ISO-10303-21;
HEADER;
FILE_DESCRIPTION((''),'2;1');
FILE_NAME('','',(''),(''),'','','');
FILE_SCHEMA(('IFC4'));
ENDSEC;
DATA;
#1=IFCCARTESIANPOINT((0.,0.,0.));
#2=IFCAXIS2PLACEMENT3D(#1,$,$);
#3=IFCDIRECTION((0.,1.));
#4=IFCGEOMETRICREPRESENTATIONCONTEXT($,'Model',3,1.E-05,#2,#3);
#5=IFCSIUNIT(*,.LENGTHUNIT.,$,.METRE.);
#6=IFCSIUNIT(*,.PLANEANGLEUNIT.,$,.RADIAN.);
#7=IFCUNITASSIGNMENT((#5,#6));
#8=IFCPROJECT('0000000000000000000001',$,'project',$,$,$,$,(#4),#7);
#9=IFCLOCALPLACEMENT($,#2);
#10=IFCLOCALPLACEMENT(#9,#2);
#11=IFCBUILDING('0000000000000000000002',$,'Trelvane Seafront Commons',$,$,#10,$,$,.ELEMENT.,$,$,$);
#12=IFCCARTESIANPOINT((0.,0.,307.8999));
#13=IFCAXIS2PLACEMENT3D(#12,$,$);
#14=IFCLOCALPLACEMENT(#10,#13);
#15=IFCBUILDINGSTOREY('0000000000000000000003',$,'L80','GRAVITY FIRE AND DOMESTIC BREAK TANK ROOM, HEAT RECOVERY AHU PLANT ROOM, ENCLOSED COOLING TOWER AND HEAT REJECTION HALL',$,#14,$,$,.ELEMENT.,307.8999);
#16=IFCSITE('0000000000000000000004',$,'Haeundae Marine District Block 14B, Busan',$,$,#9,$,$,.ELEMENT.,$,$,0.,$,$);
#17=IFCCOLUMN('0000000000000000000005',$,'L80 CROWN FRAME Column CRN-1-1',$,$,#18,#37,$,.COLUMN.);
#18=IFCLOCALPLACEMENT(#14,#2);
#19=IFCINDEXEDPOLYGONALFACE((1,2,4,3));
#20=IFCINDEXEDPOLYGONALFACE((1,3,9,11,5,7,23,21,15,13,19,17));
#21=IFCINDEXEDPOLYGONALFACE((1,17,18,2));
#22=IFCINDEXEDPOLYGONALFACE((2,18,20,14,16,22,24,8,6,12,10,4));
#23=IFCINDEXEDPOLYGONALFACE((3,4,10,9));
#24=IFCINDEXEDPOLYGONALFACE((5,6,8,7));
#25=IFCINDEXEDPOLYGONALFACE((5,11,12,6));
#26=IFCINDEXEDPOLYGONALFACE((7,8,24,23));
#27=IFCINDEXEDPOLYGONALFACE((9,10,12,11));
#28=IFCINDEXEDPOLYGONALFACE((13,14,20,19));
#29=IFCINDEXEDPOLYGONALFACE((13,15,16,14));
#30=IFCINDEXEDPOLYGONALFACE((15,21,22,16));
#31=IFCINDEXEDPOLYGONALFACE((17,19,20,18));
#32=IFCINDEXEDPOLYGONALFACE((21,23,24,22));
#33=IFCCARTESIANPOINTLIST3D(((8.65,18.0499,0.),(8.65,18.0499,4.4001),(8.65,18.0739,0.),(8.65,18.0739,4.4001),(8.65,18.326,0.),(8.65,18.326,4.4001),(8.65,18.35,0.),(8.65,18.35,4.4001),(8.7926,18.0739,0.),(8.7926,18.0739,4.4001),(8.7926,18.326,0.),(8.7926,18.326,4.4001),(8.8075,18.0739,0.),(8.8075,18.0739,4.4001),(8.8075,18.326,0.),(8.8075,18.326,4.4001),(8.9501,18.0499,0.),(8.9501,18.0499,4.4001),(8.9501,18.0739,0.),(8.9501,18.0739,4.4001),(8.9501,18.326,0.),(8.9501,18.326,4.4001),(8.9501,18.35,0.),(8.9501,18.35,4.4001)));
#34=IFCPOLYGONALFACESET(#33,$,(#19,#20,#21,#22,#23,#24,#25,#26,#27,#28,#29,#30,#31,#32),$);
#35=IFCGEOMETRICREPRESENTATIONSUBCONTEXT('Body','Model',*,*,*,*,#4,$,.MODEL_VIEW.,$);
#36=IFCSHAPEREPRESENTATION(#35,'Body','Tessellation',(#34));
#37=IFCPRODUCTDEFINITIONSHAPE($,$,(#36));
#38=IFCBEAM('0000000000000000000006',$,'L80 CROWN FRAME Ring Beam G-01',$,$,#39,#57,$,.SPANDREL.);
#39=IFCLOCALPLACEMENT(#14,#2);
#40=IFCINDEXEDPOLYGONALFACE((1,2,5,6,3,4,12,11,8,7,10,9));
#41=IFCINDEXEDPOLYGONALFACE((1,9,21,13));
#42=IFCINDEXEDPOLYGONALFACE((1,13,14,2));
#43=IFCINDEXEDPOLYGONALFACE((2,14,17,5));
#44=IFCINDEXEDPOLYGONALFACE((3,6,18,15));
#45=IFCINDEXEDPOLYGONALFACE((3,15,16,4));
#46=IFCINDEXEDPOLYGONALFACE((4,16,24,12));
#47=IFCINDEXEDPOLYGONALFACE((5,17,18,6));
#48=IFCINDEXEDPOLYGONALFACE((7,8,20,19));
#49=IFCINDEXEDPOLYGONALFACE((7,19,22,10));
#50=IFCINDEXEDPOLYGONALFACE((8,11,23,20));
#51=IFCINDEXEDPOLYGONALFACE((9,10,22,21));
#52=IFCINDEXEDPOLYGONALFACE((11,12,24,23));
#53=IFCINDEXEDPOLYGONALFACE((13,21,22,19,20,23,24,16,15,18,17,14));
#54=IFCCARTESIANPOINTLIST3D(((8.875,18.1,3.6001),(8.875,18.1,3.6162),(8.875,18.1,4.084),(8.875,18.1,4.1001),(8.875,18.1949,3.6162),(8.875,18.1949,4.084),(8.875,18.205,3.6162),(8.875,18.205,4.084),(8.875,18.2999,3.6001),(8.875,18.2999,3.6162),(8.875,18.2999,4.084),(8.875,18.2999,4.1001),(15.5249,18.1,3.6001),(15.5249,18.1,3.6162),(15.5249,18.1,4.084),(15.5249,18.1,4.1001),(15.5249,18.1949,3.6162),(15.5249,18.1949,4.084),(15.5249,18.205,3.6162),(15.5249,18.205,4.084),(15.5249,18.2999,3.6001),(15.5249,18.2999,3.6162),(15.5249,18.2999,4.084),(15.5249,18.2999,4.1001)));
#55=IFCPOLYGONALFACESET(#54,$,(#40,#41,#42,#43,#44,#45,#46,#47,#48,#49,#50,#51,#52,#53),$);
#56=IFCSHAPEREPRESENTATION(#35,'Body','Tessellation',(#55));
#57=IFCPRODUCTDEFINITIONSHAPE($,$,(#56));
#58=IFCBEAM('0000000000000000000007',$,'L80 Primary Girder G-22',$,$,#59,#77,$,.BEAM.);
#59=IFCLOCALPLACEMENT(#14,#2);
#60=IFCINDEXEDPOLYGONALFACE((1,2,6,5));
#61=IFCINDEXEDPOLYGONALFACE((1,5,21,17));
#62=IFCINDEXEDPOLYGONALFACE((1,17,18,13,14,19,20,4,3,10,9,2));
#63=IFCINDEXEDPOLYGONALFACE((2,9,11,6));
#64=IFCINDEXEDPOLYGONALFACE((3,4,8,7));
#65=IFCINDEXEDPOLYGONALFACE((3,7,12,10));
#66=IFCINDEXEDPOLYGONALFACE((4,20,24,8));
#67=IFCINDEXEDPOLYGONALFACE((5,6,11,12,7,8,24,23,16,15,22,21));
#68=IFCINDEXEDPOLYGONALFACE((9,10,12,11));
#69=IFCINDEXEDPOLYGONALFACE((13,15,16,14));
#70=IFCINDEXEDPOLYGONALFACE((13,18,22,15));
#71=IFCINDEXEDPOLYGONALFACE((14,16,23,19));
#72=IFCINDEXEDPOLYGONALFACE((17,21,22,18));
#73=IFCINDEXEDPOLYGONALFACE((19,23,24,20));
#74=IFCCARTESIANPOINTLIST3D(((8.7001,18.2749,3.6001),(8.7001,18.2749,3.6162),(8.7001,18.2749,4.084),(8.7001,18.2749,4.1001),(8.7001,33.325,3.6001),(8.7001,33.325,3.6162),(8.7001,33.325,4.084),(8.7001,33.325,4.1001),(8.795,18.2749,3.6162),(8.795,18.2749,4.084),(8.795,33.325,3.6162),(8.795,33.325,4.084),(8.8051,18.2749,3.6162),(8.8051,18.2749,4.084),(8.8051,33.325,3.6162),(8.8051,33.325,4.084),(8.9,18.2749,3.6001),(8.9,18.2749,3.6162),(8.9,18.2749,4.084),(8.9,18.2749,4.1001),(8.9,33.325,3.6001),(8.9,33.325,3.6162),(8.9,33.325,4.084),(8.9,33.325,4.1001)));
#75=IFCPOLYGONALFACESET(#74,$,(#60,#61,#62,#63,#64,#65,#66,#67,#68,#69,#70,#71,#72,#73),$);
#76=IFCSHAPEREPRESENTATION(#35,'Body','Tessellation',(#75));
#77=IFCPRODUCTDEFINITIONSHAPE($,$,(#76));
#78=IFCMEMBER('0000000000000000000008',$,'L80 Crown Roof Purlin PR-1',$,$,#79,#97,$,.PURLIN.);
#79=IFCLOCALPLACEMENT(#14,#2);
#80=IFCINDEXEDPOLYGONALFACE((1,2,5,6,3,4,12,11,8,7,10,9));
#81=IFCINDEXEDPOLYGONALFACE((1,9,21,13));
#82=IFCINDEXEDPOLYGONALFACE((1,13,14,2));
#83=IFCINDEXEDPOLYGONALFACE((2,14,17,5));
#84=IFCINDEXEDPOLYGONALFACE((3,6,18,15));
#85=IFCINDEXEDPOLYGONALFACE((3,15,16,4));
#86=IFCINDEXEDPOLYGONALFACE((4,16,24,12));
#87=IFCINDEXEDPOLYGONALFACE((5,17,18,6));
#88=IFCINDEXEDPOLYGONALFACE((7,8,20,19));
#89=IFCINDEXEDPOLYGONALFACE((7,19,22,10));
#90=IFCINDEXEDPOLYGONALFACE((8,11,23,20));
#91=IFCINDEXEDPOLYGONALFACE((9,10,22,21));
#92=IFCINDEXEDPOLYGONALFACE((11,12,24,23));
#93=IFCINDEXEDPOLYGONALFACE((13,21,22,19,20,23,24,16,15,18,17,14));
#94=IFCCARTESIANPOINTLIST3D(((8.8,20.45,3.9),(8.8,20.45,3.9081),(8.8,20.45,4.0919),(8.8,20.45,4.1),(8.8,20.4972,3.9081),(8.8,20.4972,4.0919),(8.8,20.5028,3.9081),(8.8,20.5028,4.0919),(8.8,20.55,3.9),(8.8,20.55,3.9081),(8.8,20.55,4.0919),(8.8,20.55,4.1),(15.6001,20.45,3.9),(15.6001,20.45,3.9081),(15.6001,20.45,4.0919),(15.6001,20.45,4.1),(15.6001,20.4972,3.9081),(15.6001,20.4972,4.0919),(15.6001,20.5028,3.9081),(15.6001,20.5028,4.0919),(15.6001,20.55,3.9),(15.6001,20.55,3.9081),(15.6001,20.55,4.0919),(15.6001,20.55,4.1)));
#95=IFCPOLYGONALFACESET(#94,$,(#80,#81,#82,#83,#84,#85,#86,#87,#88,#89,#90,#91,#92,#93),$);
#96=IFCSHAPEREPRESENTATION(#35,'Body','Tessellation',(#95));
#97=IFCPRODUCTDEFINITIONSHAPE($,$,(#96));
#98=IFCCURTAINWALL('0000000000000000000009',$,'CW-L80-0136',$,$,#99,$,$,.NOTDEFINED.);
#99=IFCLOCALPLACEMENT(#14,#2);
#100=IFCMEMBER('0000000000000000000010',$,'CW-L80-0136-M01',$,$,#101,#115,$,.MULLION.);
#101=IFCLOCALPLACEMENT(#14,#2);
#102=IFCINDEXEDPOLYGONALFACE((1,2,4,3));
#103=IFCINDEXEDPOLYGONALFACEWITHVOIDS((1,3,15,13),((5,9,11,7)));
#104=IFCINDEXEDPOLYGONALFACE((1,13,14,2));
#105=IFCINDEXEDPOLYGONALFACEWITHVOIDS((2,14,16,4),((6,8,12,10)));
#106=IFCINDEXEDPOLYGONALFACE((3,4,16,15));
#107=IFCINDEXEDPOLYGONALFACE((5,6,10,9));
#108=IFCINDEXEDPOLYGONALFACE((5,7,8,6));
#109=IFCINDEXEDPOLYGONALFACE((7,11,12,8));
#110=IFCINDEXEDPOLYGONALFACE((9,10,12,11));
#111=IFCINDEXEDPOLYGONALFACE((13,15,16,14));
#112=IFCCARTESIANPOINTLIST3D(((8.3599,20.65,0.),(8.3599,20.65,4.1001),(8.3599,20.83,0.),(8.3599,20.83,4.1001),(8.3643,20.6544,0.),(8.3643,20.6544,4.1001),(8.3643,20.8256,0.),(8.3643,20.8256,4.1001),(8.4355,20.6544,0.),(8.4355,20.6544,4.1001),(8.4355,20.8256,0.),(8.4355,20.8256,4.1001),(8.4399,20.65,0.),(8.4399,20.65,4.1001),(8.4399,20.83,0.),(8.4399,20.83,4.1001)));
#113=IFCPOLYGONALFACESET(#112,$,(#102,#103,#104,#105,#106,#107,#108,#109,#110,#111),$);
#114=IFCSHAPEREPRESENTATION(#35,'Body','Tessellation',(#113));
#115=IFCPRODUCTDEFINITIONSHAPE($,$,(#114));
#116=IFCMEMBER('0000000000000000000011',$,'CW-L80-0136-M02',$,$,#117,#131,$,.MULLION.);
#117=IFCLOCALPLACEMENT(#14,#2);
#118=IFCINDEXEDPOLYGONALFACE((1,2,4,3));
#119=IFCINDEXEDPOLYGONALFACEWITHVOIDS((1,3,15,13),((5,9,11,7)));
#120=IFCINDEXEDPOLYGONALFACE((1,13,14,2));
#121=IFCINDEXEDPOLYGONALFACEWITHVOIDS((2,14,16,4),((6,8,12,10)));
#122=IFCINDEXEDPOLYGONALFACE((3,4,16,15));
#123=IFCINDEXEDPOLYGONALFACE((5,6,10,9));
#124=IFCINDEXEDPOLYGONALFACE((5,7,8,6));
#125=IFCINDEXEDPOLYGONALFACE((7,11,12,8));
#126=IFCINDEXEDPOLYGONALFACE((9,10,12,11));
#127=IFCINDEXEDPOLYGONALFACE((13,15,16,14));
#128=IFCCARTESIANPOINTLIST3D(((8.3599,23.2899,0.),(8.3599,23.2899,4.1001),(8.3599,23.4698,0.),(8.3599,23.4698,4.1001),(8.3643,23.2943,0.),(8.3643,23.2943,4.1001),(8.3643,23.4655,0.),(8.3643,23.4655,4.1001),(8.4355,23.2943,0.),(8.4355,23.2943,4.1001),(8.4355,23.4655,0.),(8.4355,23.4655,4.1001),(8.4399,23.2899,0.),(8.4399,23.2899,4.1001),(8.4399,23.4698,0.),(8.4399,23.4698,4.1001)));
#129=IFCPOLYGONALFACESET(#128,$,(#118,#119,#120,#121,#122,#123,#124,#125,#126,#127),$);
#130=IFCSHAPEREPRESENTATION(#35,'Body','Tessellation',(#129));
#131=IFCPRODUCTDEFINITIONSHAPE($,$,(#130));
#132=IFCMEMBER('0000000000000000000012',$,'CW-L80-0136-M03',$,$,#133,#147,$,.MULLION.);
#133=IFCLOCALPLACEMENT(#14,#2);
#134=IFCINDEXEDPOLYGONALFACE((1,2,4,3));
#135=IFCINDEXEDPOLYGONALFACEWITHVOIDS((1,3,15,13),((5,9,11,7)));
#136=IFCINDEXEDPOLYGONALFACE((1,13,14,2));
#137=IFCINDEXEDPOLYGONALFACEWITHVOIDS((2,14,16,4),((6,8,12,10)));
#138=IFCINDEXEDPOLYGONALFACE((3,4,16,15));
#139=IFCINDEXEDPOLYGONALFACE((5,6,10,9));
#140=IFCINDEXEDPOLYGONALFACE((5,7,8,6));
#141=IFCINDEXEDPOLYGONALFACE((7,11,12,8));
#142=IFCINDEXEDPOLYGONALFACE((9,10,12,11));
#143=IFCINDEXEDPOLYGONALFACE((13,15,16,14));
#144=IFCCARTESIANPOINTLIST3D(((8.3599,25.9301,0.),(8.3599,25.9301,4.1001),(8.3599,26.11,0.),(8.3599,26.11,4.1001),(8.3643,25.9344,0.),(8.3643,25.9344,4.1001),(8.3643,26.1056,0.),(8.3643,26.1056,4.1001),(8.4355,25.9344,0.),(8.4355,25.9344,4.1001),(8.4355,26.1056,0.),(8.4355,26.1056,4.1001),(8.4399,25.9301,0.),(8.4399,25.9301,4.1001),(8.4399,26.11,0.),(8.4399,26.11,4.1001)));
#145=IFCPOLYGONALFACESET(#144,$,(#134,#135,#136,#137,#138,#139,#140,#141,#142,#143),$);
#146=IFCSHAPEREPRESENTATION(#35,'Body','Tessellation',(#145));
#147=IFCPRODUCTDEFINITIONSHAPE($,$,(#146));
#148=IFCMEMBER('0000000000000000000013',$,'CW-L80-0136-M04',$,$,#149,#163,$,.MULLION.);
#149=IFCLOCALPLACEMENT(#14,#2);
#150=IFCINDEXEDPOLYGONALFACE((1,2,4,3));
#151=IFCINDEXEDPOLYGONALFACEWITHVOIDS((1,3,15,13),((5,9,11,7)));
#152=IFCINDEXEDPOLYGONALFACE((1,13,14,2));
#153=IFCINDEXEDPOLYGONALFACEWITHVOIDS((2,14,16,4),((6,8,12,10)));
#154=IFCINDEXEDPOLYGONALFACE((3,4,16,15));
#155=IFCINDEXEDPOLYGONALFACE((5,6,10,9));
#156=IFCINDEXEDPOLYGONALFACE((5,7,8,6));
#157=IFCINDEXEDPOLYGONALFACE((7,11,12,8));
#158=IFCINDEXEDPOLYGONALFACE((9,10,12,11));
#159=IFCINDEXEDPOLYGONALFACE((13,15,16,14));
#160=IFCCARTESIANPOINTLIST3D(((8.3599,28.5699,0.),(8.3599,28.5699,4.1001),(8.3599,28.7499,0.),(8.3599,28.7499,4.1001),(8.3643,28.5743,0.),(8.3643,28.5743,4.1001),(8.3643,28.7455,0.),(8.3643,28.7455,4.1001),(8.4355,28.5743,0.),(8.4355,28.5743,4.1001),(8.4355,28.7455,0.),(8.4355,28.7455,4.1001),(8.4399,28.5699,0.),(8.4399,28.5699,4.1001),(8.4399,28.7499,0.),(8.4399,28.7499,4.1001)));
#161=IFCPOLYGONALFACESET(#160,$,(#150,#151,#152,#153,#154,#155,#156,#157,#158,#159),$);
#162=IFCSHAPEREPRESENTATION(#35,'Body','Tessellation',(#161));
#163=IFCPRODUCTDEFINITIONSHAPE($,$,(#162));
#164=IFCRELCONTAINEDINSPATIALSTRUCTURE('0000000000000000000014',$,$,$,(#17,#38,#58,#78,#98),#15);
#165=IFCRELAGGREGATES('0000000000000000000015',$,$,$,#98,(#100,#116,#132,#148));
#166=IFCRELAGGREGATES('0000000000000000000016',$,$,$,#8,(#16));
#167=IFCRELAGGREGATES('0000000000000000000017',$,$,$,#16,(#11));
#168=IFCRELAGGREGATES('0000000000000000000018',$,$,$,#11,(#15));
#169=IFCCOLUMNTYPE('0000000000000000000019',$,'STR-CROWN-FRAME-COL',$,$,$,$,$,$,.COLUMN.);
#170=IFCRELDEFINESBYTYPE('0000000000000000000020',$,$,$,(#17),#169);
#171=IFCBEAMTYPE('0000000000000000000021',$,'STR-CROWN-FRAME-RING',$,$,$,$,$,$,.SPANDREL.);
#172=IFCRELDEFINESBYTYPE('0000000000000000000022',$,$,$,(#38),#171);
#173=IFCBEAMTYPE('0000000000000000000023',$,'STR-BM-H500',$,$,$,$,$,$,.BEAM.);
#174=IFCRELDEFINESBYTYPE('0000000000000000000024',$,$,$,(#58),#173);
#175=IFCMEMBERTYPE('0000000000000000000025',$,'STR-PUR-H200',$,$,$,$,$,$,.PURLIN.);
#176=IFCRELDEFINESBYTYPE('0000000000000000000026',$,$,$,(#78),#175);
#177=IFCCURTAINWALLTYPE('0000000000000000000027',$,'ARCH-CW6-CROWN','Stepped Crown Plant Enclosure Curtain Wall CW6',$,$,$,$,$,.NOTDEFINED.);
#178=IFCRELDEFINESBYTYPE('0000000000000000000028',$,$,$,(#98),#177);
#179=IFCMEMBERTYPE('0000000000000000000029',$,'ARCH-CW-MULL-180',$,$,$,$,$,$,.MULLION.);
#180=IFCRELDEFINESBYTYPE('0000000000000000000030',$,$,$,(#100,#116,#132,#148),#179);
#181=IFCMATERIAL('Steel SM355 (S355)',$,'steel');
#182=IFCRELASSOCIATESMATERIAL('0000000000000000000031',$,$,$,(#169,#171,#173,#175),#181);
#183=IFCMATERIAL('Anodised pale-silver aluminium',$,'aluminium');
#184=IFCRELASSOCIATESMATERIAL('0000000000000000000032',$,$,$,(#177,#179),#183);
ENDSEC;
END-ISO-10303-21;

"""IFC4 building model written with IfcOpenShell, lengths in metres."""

from ifc_helpers import new_model, si_unit, direction, frame, origin, origin_2d, place, context, subcontext, project, spatial, hollow_rectangle, i_section, extrude, source, transform, mapped, material, material_profile, profile_set, type_object, element, aggregate, save


model = new_model("IFC4")

# Units and contexts
model_context = context("Model", 3, precision=1e-05, world=origin(), true_north=direction((0.0, 1.0)))
body_context = subcontext(model_context, "Body", "Model", "MODEL_VIEW")
ifc_project = project(units=[si_unit("LENGTHUNIT", "METRE"), si_unit("PLANEANGLEUNIT", "RADIAN")], contexts=[model_context])

# Site, building, storey
site_placement = place(None, origin())
site = spatial("IfcSite", under=ifc_project, at=site_placement, Name="Haeundae Marine District Block 14B, Busan", CompositionType="ELEMENT", RefElevation=0.0)
building_placement = place(site_placement, origin())
building = spatial("IfcBuilding", under=site, at=building_placement, Name="Trelvane Seafront Commons", CompositionType="ELEMENT")
storey_placement = place(building_placement, frame((0.0, 0.0, 307.8999)))
storey = spatial("IfcBuildingStorey", under=building, at=storey_placement, Name="L80", Description="GRAVITY FIRE AND DOMESTIC BREAK TANK ROOM, HEAT RECOVERY AHU PLANT ROOM, ENCLOSED COOLING TOWER AND HEAT REJECTION HALL", CompositionType="ELEMENT", Elevation=307.8999)

# Column
ifc_material_1 = material(Name="Steel SM355 (S355)", Category="steel")
ifc_material_profile_1 = material_profile(ifc_material_1, i_section(OverallWidth=0.3, OverallDepth=0.3, WebThickness=0.0149, FlangeThickness=0.0239, at=origin_2d()), Name="HD-300x300x15x24")
ifc_profile_set_1 = profile_set([ifc_material_profile_1], Name="Steel SM355 (S355)")
column_type = type_object("IfcColumnType", Name="STR-CROWN-FRAME-COL", PredefinedType="COLUMN", material=ifc_profile_set_1)
shared_shape_1 = source(origin(), body_context, "Body", "SweptSolid", [
    extrude(i_section(OverallWidth=0.3, OverallDepth=0.3, WebThickness=0.0149, FlangeThickness=0.0239, at=origin_2d()), origin(), (0.0, 0.0, 1.0), 4.4001),
])
column_placement = place(storey_placement, frame((8.8, 18.2, 0.0), z_axis=(0.0, 0.0, 1.0), x_axis=(1.0, 0.0, 0.0)))
element("IfcColumn", 1, at=column_placement, inside=storey, type_object=column_type, Name="L80 CROWN FRAME Column CRN-1-1", PredefinedType="COLUMN", context=body_context, shape_type="MappedRepresentation", body=[
    mapped(shared_shape_1, transform((0.0, 0.0, 0.0), x_axis=(1.0, 0.0, 0.0), y_axis=(0.0, 1.0, 0.0), z_axis=(0.0, 0.0, 1.0), scale=1.0)),
])

# Beams
ifc_material_profile_2 = material_profile(ifc_material_1, i_section(OverallWidth=0.2, OverallDepth=0.5, WebThickness=0.01, FlangeThickness=0.0161, at=origin_2d()), Name="H-500x200x10x16")
ifc_profile_set_2 = profile_set([ifc_material_profile_2], Name="Steel SM355 (S355)")
beam_type_1 = type_object("IfcBeamType", Name="STR-CROWN-FRAME-RING", PredefinedType="SPANDREL", material=ifc_profile_set_2)
shared_shape_2 = source(origin(), body_context, "Body", "SweptSolid", [
    extrude(i_section(OverallWidth=0.2, OverallDepth=0.5, WebThickness=0.01, FlangeThickness=0.0161, at=origin_2d()), origin(), (0.0, 0.0, 1.0), 6.6499),
])
beam_1_placement = place(storey_placement, frame((8.875, 18.2, 3.8501), z_axis=(1.0, 0.0, 0.0), x_axis=(0.0, 1.0, 0.0)))
element("IfcBeam", 2, at=beam_1_placement, inside=storey, type_object=beam_type_1, Name="L80 CROWN FRAME Ring Beam G-01", PredefinedType="SPANDREL", context=body_context, shape_type="MappedRepresentation", body=[
    mapped(shared_shape_2, transform((0.0, 0.0, 0.0), x_axis=(1.0, 0.0, 0.0), y_axis=(0.0, 1.0, 0.0), z_axis=(0.0, 0.0, 1.0), scale=1.0)),
])
ifc_material_profile_3 = material_profile(ifc_material_1, i_section(OverallWidth=0.2, OverallDepth=0.5, WebThickness=0.01, FlangeThickness=0.0161, at=origin_2d()), Name="H-500x200x10x16")
ifc_profile_set_3 = profile_set([ifc_material_profile_3], Name="Steel SM355 (S355)")
beam_type_2 = type_object("IfcBeamType", Name="STR-BM-H500", PredefinedType="BEAM", material=ifc_profile_set_3)
shared_shape_3 = source(origin(), body_context, "Body", "SweptSolid", [
    extrude(i_section(OverallWidth=0.2, OverallDepth=0.5, WebThickness=0.01, FlangeThickness=0.0161, at=origin_2d()), origin(), (0.0, 0.0, 1.0), 15.05),
])
beam_2_placement = place(storey_placement, frame((8.8, 18.2749, 3.8501), z_axis=(0.0, 1.0, 0.0), x_axis=(-1.0, 0.0, 0.0)))
element("IfcBeam", 3, at=beam_2_placement, inside=storey, type_object=beam_type_2, Name="L80 Primary Girder G-22", PredefinedType="BEAM", context=body_context, shape_type="MappedRepresentation", body=[
    mapped(shared_shape_3, transform((0.0, 0.0, 0.0), x_axis=(1.0, 0.0, 0.0), y_axis=(0.0, 1.0, 0.0), z_axis=(0.0, 0.0, 1.0), scale=1.0)),
])

# Member
ifc_material_profile_4 = material_profile(ifc_material_1, i_section(OverallWidth=0.1001, OverallDepth=0.2, WebThickness=0.0056, FlangeThickness=0.0081, at=origin_2d()), Name="H-200x100x5.5x8")
ifc_profile_set_4 = profile_set([ifc_material_profile_4], Name="Steel SM355 (S355)")
member_type_1 = type_object("IfcMemberType", Name="STR-PUR-H200", PredefinedType="PURLIN", material=ifc_profile_set_4)
shared_shape_4 = source(origin(), body_context, "Body", "SweptSolid", [
    extrude(i_section(OverallWidth=0.1001, OverallDepth=0.2, WebThickness=0.0056, FlangeThickness=0.0081, at=origin_2d()), origin(), (0.0, 0.0, 1.0), 6.8),
])
member_1_placement = place(storey_placement, frame((8.8, 20.5, 4.0), z_axis=(1.0, 0.0, 0.0), x_axis=(0.0, 1.0, 0.0)))
element("IfcMember", 4, at=member_1_placement, inside=storey, type_object=member_type_1, Name="L80 Crown Roof Purlin PR-1", PredefinedType="PURLIN", context=body_context, shape_type="MappedRepresentation", body=[
    mapped(shared_shape_4, transform((0.0, 0.0, 0.0), x_axis=(1.0, 0.0, 0.0), y_axis=(0.0, 1.0, 0.0), z_axis=(0.0, 0.0, 1.0), scale=1.0)),
])

# Curtain wall, members
ifc_material_2 = material(Name="Anodised pale-silver aluminium", Category="aluminium")
curtain_wall_type = type_object("IfcCurtainWallType", Name="ARCH-CW6-CROWN", Description="Stepped Crown Plant Enclosure Curtain Wall CW6", PredefinedType="NOTDEFINED", material=ifc_material_2)
curtain_wall_placement = place(storey_placement, origin())
curtain_wall = element("IfcCurtainWall", 5, at=curtain_wall_placement, inside=storey, type_object=curtain_wall_type, Name="CW-L80-0136", PredefinedType="NOTDEFINED")
ifc_material_profile_5 = material_profile(ifc_material_2, hollow_rectangle(XDim=0.0801, YDim=0.1799, WallThickness=0.0044, at=origin_2d()), Name="MULL-80x180x4.5")
ifc_profile_set_5 = profile_set([ifc_material_profile_5], Name="Anodised pale-silver aluminium")
member_type_2 = type_object("IfcMemberType", Name="ARCH-CW-MULL-180", PredefinedType="MULLION", material=ifc_profile_set_5)
shared_shape_5 = source(origin(), body_context, "Body", "SweptSolid", [
    extrude(hollow_rectangle(XDim=0.0801, YDim=0.1799, WallThickness=0.0044, at=origin_2d()), origin(), (0.0, 0.0, 1.0), 4.1001),
])
member_2_placement = place(storey_placement, frame((8.3999, 20.74, 0.0), z_axis=(0.0, 0.0, 1.0), x_axis=(1.0, 0.0, 0.0)))
member_2 = element("IfcMember", 6, at=member_2_placement, type_object=member_type_2, Name="CW-L80-0136-M01", PredefinedType="MULLION", context=body_context, shape_type="MappedRepresentation", body=[
    mapped(shared_shape_5, transform((0.0, 0.0, 0.0), x_axis=(1.0, 0.0, 0.0), y_axis=(0.0, 1.0, 0.0), z_axis=(0.0, 0.0, 1.0), scale=1.0)),
])
member_3_placement = place(storey_placement, frame((8.3999, 23.3799, 0.0), z_axis=(0.0, 0.0, 1.0), x_axis=(1.0, 0.0, 0.0)))
member_3 = element("IfcMember", 7, at=member_3_placement, type_object=member_type_2, Name="CW-L80-0136-M02", PredefinedType="MULLION", context=body_context, shape_type="MappedRepresentation", body=[
    mapped(shared_shape_5, transform((0.0, 0.0, 0.0), x_axis=(1.0, 0.0, 0.0), y_axis=(0.0, 1.0, 0.0), z_axis=(0.0, 0.0, 1.0), scale=1.0)),
])
member_4_placement = place(storey_placement, frame((8.3999, 26.02, 0.0), z_axis=(0.0, 0.0, 1.0), x_axis=(1.0, 0.0, 0.0)))
member_4 = element("IfcMember", 8, at=member_4_placement, type_object=member_type_2, Name="CW-L80-0136-M03", PredefinedType="MULLION", context=body_context, shape_type="MappedRepresentation", body=[
    mapped(shared_shape_5, transform((0.0, 0.0, 0.0), x_axis=(1.0, 0.0, 0.0), y_axis=(0.0, 1.0, 0.0), z_axis=(0.0, 0.0, 1.0), scale=1.0)),
])
member_5_placement = place(storey_placement, frame((8.3999, 28.6599, 0.0), z_axis=(0.0, 0.0, 1.0), x_axis=(1.0, 0.0, 0.0)))
member_5 = element("IfcMember", 9, at=member_5_placement, type_object=member_type_2, Name="CW-L80-0136-M04", PredefinedType="MULLION", context=body_context, shape_type="MappedRepresentation", body=[
    mapped(shared_shape_5, transform((0.0, 0.0, 0.0), x_axis=(1.0, 0.0, 0.0), y_axis=(0.0, 1.0, 0.0), z_axis=(0.0, 0.0, 1.0), scale=1.0)),
])
aggregate(curtain_wall, [member_2, member_3, member_4, member_5])

save(model, "model.ifc")
